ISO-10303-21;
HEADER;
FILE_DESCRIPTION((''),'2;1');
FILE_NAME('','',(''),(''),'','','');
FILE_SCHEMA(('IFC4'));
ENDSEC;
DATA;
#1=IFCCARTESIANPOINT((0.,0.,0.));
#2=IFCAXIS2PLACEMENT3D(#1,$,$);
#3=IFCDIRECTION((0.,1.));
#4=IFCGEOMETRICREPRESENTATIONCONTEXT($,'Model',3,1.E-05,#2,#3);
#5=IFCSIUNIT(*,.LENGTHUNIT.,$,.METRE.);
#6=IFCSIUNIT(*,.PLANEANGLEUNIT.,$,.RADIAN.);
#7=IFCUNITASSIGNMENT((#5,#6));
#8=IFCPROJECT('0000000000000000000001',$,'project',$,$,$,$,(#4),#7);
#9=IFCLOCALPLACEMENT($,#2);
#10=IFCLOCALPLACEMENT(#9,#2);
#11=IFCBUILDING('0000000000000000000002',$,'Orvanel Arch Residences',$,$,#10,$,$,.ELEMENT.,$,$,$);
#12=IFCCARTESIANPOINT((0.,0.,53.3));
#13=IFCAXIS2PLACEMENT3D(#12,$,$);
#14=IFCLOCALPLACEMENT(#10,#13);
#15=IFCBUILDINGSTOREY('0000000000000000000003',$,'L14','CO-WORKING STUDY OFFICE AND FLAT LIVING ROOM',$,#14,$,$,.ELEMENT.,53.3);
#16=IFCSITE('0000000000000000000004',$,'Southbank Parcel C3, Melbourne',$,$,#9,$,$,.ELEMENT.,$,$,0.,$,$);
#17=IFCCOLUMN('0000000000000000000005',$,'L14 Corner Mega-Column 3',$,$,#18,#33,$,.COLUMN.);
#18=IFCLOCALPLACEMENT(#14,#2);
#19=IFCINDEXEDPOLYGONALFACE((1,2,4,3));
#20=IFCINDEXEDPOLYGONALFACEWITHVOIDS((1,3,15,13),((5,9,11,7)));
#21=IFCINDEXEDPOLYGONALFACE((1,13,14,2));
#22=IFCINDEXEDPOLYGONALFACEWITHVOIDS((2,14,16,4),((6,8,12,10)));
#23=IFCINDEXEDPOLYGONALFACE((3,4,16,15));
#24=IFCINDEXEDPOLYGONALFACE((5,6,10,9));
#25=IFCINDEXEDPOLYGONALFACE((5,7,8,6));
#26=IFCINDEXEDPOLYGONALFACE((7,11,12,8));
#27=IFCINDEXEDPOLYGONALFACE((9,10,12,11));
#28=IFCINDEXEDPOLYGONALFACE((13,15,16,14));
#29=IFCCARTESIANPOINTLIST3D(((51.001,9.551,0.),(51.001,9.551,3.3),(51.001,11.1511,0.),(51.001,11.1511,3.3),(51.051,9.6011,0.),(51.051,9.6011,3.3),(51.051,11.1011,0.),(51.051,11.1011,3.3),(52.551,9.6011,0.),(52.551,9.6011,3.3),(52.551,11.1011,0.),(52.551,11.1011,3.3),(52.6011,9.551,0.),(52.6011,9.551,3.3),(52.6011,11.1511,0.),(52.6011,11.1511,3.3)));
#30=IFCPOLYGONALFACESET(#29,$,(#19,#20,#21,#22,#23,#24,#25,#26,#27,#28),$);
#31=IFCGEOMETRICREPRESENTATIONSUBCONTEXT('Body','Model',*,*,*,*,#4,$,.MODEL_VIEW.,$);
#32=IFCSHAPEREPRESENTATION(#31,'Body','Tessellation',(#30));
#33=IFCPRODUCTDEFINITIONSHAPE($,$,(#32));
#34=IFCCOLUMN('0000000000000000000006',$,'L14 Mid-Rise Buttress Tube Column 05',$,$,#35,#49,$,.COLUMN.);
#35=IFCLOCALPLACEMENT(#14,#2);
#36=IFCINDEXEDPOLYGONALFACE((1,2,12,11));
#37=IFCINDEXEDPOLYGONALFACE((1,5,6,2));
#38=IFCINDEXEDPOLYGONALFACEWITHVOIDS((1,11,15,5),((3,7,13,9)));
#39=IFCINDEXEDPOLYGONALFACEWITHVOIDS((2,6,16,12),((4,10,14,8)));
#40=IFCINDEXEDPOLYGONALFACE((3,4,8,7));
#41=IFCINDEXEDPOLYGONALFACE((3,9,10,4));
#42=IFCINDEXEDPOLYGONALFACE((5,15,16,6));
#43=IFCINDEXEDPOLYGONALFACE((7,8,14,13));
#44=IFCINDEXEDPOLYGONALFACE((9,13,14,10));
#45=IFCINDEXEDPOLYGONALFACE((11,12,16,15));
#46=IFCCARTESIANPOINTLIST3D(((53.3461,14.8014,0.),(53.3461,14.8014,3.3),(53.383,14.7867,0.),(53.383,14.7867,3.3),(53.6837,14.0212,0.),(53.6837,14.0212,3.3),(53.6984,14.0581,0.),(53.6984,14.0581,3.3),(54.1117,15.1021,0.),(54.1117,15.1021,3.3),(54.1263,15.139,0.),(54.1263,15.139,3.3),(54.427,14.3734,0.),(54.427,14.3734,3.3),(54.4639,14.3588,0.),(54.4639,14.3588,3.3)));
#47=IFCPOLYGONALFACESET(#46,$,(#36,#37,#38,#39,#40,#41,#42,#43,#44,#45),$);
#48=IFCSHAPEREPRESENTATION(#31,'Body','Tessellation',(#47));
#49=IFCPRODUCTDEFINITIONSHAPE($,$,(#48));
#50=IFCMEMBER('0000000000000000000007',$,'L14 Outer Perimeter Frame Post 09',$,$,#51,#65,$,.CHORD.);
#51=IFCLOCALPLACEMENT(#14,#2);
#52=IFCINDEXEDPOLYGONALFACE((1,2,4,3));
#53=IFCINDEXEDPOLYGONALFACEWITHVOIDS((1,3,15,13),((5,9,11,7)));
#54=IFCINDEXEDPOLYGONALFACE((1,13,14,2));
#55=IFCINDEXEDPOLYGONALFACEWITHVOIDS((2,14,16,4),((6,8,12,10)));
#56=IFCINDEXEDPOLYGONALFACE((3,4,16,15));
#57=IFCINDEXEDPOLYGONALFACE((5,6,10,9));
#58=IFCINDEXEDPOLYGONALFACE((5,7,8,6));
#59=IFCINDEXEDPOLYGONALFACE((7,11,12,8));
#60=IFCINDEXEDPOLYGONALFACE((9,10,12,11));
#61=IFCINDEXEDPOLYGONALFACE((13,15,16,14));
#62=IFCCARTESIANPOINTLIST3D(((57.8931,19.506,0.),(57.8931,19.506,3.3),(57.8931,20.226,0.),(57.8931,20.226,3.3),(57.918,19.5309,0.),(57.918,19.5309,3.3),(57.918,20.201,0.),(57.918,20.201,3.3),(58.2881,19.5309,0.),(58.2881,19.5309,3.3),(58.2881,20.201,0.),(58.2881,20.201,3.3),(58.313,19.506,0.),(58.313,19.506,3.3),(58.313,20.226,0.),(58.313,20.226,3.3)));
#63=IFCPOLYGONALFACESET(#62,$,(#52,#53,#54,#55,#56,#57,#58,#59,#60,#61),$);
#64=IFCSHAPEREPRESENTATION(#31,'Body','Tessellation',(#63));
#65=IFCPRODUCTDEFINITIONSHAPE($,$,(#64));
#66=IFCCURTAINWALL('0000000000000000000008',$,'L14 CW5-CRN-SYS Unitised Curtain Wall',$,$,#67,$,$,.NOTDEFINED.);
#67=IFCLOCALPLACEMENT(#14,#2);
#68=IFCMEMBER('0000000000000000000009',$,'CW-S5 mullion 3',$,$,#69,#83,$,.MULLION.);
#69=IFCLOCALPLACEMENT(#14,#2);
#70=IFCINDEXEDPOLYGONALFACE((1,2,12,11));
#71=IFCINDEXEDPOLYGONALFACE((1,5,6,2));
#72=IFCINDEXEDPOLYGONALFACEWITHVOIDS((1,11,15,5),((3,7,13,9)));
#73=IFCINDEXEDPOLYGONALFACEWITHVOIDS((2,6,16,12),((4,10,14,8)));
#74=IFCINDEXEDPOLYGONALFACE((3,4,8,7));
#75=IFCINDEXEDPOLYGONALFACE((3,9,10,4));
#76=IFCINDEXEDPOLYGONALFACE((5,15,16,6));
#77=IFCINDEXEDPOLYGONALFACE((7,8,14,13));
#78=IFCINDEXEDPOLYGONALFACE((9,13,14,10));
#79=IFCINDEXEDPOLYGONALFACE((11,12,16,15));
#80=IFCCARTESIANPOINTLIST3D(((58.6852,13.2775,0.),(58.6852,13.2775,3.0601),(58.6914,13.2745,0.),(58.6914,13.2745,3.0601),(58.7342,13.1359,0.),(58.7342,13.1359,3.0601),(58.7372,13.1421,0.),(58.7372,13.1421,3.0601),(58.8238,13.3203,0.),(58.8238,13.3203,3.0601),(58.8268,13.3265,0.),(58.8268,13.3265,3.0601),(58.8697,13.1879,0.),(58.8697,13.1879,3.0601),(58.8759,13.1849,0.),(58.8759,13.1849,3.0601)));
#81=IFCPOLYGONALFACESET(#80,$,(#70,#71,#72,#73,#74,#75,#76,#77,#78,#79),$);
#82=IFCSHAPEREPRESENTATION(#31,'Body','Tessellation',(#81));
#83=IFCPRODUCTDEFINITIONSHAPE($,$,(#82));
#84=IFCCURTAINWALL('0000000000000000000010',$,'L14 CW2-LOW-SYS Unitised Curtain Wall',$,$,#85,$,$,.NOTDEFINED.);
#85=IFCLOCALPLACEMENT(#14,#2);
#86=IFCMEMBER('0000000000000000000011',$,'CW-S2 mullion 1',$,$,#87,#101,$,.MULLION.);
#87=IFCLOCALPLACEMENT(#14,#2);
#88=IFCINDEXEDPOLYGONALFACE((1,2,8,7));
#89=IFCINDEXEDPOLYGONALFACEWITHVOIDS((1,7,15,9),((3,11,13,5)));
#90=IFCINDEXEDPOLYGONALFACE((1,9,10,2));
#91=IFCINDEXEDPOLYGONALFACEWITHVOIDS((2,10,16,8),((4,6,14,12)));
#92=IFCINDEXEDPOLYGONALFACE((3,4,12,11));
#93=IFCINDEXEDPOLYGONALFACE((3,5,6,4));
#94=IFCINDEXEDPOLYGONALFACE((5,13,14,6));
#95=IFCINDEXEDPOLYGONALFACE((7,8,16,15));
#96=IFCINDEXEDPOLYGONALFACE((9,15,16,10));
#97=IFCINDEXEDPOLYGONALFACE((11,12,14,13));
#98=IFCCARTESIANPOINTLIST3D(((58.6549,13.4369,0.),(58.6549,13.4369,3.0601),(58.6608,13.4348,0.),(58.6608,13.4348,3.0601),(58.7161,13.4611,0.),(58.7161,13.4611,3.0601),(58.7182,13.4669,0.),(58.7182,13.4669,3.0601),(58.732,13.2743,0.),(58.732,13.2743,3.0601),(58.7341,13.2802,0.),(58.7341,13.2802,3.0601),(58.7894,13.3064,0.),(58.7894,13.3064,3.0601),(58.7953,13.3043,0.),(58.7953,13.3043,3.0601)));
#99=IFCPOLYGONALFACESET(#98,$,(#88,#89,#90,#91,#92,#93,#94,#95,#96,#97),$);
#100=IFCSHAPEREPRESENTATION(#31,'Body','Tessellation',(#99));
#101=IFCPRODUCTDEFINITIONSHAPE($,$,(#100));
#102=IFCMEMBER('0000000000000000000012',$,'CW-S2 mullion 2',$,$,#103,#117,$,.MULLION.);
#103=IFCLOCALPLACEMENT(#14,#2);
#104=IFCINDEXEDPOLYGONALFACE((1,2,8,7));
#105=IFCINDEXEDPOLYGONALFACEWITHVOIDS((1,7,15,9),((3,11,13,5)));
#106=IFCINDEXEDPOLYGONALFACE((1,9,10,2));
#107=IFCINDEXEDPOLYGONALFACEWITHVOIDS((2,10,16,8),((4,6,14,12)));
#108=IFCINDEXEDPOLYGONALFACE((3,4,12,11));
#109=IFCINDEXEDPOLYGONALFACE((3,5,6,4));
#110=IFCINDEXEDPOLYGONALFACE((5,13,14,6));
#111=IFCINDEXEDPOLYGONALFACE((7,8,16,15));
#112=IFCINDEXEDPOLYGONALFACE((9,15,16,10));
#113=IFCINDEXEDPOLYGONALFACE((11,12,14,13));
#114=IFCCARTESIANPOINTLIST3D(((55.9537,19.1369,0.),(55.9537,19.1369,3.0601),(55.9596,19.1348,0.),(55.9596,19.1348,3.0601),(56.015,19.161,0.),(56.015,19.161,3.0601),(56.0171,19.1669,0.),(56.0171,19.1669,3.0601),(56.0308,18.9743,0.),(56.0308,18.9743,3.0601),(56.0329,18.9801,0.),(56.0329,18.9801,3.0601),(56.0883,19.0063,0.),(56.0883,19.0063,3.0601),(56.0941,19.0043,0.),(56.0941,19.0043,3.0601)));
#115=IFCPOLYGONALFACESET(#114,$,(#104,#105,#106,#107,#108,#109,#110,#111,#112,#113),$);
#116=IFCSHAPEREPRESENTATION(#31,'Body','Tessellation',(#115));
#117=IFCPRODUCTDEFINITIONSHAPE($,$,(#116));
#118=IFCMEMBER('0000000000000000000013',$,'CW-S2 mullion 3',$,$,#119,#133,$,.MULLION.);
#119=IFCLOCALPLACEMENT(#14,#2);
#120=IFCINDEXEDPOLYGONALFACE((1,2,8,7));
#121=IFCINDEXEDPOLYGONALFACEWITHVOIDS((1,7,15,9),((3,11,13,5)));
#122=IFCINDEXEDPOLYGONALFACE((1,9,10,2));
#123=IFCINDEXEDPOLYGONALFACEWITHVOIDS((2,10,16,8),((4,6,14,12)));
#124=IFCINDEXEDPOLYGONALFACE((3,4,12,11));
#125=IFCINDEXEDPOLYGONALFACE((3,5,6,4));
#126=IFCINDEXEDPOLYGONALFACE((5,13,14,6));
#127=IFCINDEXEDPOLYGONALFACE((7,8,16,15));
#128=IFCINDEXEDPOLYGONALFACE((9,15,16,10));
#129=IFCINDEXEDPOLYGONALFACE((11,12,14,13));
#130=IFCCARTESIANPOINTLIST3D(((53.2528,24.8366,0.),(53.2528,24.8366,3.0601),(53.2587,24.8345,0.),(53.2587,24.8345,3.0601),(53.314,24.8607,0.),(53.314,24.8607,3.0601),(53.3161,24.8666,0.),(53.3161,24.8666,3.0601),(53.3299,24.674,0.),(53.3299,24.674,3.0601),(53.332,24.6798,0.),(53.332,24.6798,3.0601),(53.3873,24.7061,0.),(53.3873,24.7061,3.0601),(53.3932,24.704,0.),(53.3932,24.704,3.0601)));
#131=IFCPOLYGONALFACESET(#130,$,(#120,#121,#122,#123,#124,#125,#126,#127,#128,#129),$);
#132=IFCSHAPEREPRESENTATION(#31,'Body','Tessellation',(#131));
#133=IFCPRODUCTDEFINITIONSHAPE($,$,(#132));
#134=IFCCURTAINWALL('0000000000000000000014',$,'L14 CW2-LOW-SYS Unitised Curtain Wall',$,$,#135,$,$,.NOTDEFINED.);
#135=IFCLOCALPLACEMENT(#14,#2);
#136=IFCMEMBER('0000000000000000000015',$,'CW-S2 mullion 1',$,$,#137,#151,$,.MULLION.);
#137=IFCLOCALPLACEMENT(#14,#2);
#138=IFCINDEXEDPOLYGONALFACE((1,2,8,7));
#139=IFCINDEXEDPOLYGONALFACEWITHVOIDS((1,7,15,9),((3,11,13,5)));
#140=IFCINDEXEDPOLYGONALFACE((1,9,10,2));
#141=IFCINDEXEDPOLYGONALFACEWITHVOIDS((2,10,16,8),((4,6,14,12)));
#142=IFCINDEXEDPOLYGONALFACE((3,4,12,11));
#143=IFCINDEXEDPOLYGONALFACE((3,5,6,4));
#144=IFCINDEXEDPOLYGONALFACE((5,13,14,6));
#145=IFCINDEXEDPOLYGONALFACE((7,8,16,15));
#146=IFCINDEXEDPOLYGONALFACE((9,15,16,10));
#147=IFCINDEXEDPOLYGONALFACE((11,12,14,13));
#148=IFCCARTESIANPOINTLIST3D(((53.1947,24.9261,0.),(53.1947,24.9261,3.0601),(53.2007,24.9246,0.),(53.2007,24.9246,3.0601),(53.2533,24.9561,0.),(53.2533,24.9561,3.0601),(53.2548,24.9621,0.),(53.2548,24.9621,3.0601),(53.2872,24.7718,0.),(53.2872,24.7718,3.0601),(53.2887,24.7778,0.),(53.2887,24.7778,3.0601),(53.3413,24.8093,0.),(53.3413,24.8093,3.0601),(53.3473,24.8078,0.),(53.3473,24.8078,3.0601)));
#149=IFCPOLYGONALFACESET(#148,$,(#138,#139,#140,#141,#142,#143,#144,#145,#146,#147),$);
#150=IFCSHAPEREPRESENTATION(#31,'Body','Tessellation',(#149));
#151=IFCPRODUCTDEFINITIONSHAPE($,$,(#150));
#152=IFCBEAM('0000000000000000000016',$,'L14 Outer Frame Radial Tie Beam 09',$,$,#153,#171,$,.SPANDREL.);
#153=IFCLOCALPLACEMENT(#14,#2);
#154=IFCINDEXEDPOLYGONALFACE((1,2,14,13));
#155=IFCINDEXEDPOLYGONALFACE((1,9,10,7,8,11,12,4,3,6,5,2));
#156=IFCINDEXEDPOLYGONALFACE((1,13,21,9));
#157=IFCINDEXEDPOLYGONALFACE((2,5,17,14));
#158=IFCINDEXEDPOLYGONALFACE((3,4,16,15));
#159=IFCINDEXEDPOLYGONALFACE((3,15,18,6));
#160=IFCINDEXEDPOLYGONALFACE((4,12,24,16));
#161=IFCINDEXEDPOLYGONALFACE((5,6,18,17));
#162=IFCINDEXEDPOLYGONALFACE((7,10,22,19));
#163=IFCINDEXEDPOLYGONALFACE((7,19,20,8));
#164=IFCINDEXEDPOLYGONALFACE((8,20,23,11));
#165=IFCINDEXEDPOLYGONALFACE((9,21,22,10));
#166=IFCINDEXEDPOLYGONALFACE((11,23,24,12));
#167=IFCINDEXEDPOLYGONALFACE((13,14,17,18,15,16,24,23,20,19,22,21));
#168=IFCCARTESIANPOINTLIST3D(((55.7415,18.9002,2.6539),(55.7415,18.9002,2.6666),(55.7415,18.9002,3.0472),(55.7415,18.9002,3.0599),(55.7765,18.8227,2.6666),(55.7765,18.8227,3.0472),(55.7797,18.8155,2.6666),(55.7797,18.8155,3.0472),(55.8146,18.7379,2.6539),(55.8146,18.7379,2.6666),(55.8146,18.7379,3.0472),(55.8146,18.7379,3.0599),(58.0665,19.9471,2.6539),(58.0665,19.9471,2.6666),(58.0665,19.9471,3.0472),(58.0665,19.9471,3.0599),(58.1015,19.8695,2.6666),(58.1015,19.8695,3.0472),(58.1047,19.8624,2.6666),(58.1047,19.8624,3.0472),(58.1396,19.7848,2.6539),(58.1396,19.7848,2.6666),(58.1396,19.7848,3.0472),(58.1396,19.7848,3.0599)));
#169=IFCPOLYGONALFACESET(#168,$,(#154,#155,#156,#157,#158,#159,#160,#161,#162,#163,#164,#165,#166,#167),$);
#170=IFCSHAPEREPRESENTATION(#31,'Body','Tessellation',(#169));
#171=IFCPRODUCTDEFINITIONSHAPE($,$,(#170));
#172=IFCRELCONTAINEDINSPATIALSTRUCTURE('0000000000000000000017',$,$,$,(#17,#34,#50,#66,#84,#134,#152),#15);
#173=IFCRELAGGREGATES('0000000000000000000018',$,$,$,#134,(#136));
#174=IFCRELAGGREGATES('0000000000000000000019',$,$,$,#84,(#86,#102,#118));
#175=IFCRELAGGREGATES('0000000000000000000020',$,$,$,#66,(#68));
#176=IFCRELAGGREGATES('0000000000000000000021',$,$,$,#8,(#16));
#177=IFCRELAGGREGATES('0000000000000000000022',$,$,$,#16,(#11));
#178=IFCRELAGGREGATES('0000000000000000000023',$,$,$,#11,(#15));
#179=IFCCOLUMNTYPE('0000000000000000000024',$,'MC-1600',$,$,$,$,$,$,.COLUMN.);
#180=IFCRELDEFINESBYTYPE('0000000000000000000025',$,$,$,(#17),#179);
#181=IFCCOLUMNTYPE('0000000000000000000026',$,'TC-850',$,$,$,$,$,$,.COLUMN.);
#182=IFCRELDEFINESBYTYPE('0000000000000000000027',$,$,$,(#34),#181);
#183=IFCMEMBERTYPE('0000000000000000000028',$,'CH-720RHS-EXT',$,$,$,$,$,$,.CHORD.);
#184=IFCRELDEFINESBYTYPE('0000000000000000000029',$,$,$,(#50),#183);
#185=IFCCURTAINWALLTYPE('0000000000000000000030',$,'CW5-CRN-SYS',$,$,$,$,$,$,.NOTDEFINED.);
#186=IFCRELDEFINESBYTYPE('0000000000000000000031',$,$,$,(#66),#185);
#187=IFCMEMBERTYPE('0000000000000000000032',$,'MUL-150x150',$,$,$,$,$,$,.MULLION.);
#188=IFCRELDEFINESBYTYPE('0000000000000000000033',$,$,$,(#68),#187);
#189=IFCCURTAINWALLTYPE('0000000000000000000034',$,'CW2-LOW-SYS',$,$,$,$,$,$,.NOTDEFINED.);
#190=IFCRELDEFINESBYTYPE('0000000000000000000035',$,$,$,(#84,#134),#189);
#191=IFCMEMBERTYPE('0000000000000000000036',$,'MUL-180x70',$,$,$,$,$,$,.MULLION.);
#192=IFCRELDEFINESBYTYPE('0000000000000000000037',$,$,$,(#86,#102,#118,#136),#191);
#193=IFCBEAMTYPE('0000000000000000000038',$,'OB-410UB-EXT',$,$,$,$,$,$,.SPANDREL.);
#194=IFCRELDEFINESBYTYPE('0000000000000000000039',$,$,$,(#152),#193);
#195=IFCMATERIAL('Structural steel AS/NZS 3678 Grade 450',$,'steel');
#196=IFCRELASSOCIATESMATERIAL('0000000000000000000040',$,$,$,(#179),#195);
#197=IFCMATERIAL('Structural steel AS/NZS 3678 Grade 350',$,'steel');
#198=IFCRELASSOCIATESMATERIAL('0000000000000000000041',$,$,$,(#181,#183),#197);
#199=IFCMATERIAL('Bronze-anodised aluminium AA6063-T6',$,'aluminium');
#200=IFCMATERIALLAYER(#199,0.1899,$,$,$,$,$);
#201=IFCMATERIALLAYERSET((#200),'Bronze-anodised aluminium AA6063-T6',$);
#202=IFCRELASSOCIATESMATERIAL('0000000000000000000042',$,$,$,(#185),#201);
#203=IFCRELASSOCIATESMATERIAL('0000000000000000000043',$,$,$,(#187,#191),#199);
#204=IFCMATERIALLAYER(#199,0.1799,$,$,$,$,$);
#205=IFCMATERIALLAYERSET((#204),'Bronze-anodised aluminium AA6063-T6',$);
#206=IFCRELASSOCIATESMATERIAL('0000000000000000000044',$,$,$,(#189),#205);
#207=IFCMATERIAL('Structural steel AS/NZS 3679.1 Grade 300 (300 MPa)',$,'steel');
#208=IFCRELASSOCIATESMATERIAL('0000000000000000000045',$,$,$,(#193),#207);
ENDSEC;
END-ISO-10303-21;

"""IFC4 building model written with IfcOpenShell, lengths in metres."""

from ifc_helpers import new_model, si_unit, direction, frame, origin, origin_2d, place, context, subcontext, project, spatial, hollow_rectangle, i_section, extrude, material, layer, layer_set, material_profile, profile_set, type_object, element, aggregate, save


model = new_model("IFC4")

# Units and contexts
model_context = context("Model", 3, precision=1e-05, world=origin(), true_north=direction((0.0, 1.0)))
body_context = subcontext(model_context, "Body", "Model", "MODEL_VIEW")
ifc_project = project(units=[si_unit("LENGTHUNIT", "METRE"), si_unit("PLANEANGLEUNIT", "RADIAN")], contexts=[model_context])

# Site, building, storey
site_placement = place(None, origin())
site = spatial("IfcSite", under=ifc_project, at=site_placement, Name="Southbank Parcel C3, Melbourne", CompositionType="ELEMENT", RefElevation=0.0)
building_placement = place(site_placement, origin())
building = spatial("IfcBuilding", under=site, at=building_placement, Name="Orvanel Arch Residences", CompositionType="ELEMENT")
storey_placement = place(building_placement, frame((0.0, 0.0, 53.3)))
storey = spatial("IfcBuildingStorey", under=building, at=storey_placement, Name="L14", Description="CO-WORKING STUDY OFFICE AND FLAT LIVING ROOM", CompositionType="ELEMENT", Elevation=53.3)

# Columns
ifc_material_1 = material(Name="Structural steel AS/NZS 3678 Grade 450", Category="steel")
ifc_material_profile_1 = material_profile(ifc_material_1, hollow_rectangle(XDim=1.6001, YDim=1.6001, WallThickness=0.05, at=origin_2d()), Name="BOX1600x1600x50")
ifc_profile_set_1 = profile_set([ifc_material_profile_1], Name="Structural steel AS/NZS 3678 Grade 450")
column_type_1 = type_object("IfcColumnType", Name="MC-1600", PredefinedType="COLUMN", material=ifc_profile_set_1)
column_1_placement = place(storey_placement, frame((51.801, 10.3511, 0.0), z_axis=(0.0, 0.0, 1.0), x_axis=(1.0, 0.0, 0.0)))
element("IfcColumn", 1, at=column_1_placement, inside=storey, type_object=column_type_1, Name="L14 Corner Mega-Column 3", PredefinedType="COLUMN", context=body_context, shape_type="SweptSolid", body=[
    extrude(hollow_rectangle(XDim=1.6001, YDim=1.6001, WallThickness=0.05, at=origin_2d()), origin(), (0.0, 0.0, 1.0), 3.3),
])
ifc_material_2 = material(Name="Structural steel AS/NZS 3678 Grade 350", Category="steel")
ifc_material_profile_2 = material_profile(ifc_material_2, hollow_rectangle(XDim=0.8501, YDim=0.8501, WallThickness=0.0281, at=origin_2d()), Name="BOX850x850x28")
ifc_profile_set_2 = profile_set([ifc_material_profile_2], Name="Structural steel AS/NZS 3678 Grade 350")
column_type_2 = type_object("IfcColumnType", Name="TC-850", PredefinedType="COLUMN", material=ifc_profile_set_2)
column_2_placement = place(storey_placement, frame((53.905, 14.5801, 0.0), z_axis=(0.0, 0.0, 1.0), x_axis=(-0.397148, 0.917755, 0.0)))
element("IfcColumn", 2, at=column_2_placement, inside=storey, type_object=column_type_2, Name="L14 Mid-Rise Buttress Tube Column 05", PredefinedType="COLUMN", context=body_context, shape_type="SweptSolid", body=[
    extrude(hollow_rectangle(XDim=0.8501, YDim=0.8501, WallThickness=0.0281, at=origin_2d()), origin(), (0.0, 0.0, 1.0), 3.3),
])

# Member
ifc_material_profile_3 = material_profile(ifc_material_2, hollow_rectangle(XDim=0.4199, YDim=0.72, WallThickness=0.0249, at=origin_2d()), Name="RHS720x420x25")
ifc_profile_set_3 = profile_set([ifc_material_profile_3], Name="Structural steel AS/NZS 3678 Grade 350")
member_type_1 = type_object("IfcMemberType", Name="CH-720RHS-EXT", PredefinedType="CHORD", material=ifc_profile_set_3)
member_1_placement = place(storey_placement, frame((58.103, 19.866, 0.0), z_axis=(0.0, 0.0, 1.0), x_axis=(1.0, 0.0, 0.0)))
element("IfcMember", 3, at=member_1_placement, inside=storey, type_object=member_type_1, Name="L14 Outer Perimeter Frame Post 09", PredefinedType="CHORD", context=body_context, shape_type="SweptSolid", body=[
    extrude(hollow_rectangle(XDim=0.4199, YDim=0.72, WallThickness=0.0249, at=origin_2d()), origin(), (0.0, 0.0, 1.0), 3.3),
])

# Curtain wall, member
ifc_material_3 = material(Name="Bronze-anodised aluminium AA6063-T6", Category="aluminium")
ifc_layer_1 = layer(ifc_material_3, 0.1899)
ifc_layer_set_1 = layer_set([ifc_layer_1], Name="Bronze-anodised aluminium AA6063-T6")
curtain_wall_type_1 = type_object("IfcCurtainWallType", Name="CW5-CRN-SYS", PredefinedType="NOTDEFINED", material=ifc_layer_set_1)
curtain_wall_1_placement = place(storey_placement, origin())
curtain_wall_1 = element("IfcCurtainWall", 4, at=curtain_wall_1_placement, inside=storey, type_object=curtain_wall_type_1, Name="L14 CW5-CRN-SYS Unitised Curtain Wall", PredefinedType="NOTDEFINED")
ifc_material_profile_4 = material_profile(ifc_material_3, hollow_rectangle(XDim=0.1499, YDim=0.1499, WallThickness=0.0049, at=origin_2d()), Name="ALU150x150x5")
ifc_profile_set_4 = profile_set([ifc_material_profile_4], Name="Bronze-anodised aluminium AA6063-T6")
member_type_2 = type_object("IfcMemberType", Name="MUL-150x150", PredefinedType="MULLION", material=ifc_profile_set_4)
member_2_placement = place(storey_placement, frame((58.7805, 13.2312, 0.0), z_axis=(0.0, 0.0, 1.0), x_axis=(-0.944976, -0.327141, 0.0)))
member_2 = element("IfcMember", 5, at=member_2_placement, type_object=member_type_2, Name="CW-S5 mullion 3", PredefinedType="MULLION", context=body_context, shape_type="SweptSolid", body=[
    extrude(hollow_rectangle(XDim=0.1499, YDim=0.1499, WallThickness=0.0049, at=origin_2d()), origin(), (0.0, 0.0, 1.0), 3.0601),
])

# Curtain wall, members
ifc_layer_2 = layer(ifc_material_3, 0.1799)
ifc_layer_set_2 = layer_set([ifc_layer_2], Name="Bronze-anodised aluminium AA6063-T6")
curtain_wall_type_2 = type_object("IfcCurtainWallType", Name="CW2-LOW-SYS", PredefinedType="NOTDEFINED", material=ifc_layer_set_2)
curtain_wall_2_placement = place(storey_placement, origin())
curtain_wall_2 = element("IfcCurtainWall", 6, at=curtain_wall_2_placement, inside=storey, type_object=curtain_wall_type_2, Name="L14 CW2-LOW-SYS Unitised Curtain Wall", PredefinedType="NOTDEFINED")
ifc_material_profile_5 = material_profile(ifc_material_3, hollow_rectangle(XDim=0.0701, YDim=0.1799, WallThickness=0.0044, at=origin_2d()), Name="ALU180x70x4.5")
ifc_profile_set_5 = profile_set([ifc_material_profile_5], Name="Bronze-anodised aluminium AA6063-T6")
member_type_3 = type_object("IfcMemberType", Name="MUL-180x70", PredefinedType="MULLION", material=ifc_profile_set_5)
member_3_placement = place(storey_placement, frame((58.7251, 13.3706, 0.0), z_axis=(0.0, 0.0, 1.0), x_axis=(-0.903672, -0.428225, 0.0)))
member_3 = element("IfcMember", 7, at=member_3_placement, type_object=member_type_3, Name="CW-S2 mullion 1", PredefinedType="MULLION", context=body_context, shape_type="SweptSolid", body=[
    extrude(hollow_rectangle(XDim=0.0701, YDim=0.1799, WallThickness=0.0044, at=origin_2d()), origin(), (0.0, 0.0, 1.0), 3.0601),
])
member_4_placement = place(storey_placement, frame((56.0239, 19.0706, 0.0), z_axis=(0.0, 0.0, 1.0), x_axis=(-0.903672, -0.428225, 0.0)))
member_4 = element("IfcMember", 8, at=member_4_placement, type_object=member_type_3, Name="CW-S2 mullion 2", PredefinedType="MULLION", context=body_context, shape_type="SweptSolid", body=[
    extrude(hollow_rectangle(XDim=0.0701, YDim=0.1799, WallThickness=0.0044, at=origin_2d()), origin(), (0.0, 0.0, 1.0), 3.0601),
])
member_5_placement = place(storey_placement, frame((53.323, 24.7703, 0.0), z_axis=(0.0, 0.0, 1.0), x_axis=(-0.903672, -0.428225, 0.0)))
member_5 = element("IfcMember", 9, at=member_5_placement, type_object=member_type_3, Name="CW-S2 mullion 3", PredefinedType="MULLION", context=body_context, shape_type="SweptSolid", body=[
    extrude(hollow_rectangle(XDim=0.0701, YDim=0.1799, WallThickness=0.0044, at=origin_2d()), origin(), (0.0, 0.0, 1.0), 3.0601),
])

# Curtain wall, member
curtain_wall_3_placement = place(storey_placement, origin())
curtain_wall_3 = element("IfcCurtainWall", 10, at=curtain_wall_3_placement, inside=storey, type_object=curtain_wall_type_2, Name="L14 CW2-LOW-SYS Unitised Curtain Wall", PredefinedType="NOTDEFINED")
member_6_placement = place(storey_placement, frame((53.271, 24.8669, 0.0), z_axis=(0.0, 0.0, 1.0), x_axis=(-0.85757, -0.514368, 0.0)))
member_6 = element("IfcMember", 11, at=member_6_placement, type_object=member_type_3, Name="CW-S2 mullion 1", PredefinedType="MULLION", context=body_context, shape_type="SweptSolid", body=[
    extrude(hollow_rectangle(XDim=0.0701, YDim=0.1799, WallThickness=0.0044, at=origin_2d()), origin(), (0.0, 0.0, 1.0), 3.0601),
])

# Beam
ifc_material_4 = material(Name="Structural steel AS/NZS 3679.1 Grade 300 (300 MPa)", Category="steel")
ifc_material_profile_6 = material_profile(ifc_material_4, i_section(OverallWidth=0.178, OverallDepth=0.406, WebThickness=0.0078, FlangeThickness=0.0127, at=origin_2d()), Name="410UB59.7")
ifc_profile_set_6 = profile_set([ifc_material_profile_6], Name="Structural steel AS/NZS 3679.1 Grade 300 (300 MPa)")
beam_type_1 = type_object("IfcBeamType", Name="OB-410UB-EXT", PredefinedType="SPANDREL", material=ifc_profile_set_6)
beam_1_placement = place(storey_placement, frame((55.7781, 18.8191, 2.8569), z_axis=(0.911827, 0.410576, 0.0), x_axis=(-0.410576, 0.911827, 0.0)))
element("IfcBeam", 12, at=beam_1_placement, inside=storey, type_object=beam_type_1, Name="L14 Outer Frame Radial Tie Beam 09", PredefinedType="SPANDREL", context=body_context, shape_type="SweptSolid", body=[
    extrude(i_section(OverallWidth=0.178, OverallDepth=0.406, WebThickness=0.0078, FlangeThickness=0.0127, at=origin_2d()), origin(), (0.0, 0.0, 1.0), 2.5498),
])

aggregate(curtain_wall_3, [member_6])

aggregate(curtain_wall_2, [member_3, member_4, member_5])
aggregate(curtain_wall_1, [member_2])

save(model, "model.ifc")
